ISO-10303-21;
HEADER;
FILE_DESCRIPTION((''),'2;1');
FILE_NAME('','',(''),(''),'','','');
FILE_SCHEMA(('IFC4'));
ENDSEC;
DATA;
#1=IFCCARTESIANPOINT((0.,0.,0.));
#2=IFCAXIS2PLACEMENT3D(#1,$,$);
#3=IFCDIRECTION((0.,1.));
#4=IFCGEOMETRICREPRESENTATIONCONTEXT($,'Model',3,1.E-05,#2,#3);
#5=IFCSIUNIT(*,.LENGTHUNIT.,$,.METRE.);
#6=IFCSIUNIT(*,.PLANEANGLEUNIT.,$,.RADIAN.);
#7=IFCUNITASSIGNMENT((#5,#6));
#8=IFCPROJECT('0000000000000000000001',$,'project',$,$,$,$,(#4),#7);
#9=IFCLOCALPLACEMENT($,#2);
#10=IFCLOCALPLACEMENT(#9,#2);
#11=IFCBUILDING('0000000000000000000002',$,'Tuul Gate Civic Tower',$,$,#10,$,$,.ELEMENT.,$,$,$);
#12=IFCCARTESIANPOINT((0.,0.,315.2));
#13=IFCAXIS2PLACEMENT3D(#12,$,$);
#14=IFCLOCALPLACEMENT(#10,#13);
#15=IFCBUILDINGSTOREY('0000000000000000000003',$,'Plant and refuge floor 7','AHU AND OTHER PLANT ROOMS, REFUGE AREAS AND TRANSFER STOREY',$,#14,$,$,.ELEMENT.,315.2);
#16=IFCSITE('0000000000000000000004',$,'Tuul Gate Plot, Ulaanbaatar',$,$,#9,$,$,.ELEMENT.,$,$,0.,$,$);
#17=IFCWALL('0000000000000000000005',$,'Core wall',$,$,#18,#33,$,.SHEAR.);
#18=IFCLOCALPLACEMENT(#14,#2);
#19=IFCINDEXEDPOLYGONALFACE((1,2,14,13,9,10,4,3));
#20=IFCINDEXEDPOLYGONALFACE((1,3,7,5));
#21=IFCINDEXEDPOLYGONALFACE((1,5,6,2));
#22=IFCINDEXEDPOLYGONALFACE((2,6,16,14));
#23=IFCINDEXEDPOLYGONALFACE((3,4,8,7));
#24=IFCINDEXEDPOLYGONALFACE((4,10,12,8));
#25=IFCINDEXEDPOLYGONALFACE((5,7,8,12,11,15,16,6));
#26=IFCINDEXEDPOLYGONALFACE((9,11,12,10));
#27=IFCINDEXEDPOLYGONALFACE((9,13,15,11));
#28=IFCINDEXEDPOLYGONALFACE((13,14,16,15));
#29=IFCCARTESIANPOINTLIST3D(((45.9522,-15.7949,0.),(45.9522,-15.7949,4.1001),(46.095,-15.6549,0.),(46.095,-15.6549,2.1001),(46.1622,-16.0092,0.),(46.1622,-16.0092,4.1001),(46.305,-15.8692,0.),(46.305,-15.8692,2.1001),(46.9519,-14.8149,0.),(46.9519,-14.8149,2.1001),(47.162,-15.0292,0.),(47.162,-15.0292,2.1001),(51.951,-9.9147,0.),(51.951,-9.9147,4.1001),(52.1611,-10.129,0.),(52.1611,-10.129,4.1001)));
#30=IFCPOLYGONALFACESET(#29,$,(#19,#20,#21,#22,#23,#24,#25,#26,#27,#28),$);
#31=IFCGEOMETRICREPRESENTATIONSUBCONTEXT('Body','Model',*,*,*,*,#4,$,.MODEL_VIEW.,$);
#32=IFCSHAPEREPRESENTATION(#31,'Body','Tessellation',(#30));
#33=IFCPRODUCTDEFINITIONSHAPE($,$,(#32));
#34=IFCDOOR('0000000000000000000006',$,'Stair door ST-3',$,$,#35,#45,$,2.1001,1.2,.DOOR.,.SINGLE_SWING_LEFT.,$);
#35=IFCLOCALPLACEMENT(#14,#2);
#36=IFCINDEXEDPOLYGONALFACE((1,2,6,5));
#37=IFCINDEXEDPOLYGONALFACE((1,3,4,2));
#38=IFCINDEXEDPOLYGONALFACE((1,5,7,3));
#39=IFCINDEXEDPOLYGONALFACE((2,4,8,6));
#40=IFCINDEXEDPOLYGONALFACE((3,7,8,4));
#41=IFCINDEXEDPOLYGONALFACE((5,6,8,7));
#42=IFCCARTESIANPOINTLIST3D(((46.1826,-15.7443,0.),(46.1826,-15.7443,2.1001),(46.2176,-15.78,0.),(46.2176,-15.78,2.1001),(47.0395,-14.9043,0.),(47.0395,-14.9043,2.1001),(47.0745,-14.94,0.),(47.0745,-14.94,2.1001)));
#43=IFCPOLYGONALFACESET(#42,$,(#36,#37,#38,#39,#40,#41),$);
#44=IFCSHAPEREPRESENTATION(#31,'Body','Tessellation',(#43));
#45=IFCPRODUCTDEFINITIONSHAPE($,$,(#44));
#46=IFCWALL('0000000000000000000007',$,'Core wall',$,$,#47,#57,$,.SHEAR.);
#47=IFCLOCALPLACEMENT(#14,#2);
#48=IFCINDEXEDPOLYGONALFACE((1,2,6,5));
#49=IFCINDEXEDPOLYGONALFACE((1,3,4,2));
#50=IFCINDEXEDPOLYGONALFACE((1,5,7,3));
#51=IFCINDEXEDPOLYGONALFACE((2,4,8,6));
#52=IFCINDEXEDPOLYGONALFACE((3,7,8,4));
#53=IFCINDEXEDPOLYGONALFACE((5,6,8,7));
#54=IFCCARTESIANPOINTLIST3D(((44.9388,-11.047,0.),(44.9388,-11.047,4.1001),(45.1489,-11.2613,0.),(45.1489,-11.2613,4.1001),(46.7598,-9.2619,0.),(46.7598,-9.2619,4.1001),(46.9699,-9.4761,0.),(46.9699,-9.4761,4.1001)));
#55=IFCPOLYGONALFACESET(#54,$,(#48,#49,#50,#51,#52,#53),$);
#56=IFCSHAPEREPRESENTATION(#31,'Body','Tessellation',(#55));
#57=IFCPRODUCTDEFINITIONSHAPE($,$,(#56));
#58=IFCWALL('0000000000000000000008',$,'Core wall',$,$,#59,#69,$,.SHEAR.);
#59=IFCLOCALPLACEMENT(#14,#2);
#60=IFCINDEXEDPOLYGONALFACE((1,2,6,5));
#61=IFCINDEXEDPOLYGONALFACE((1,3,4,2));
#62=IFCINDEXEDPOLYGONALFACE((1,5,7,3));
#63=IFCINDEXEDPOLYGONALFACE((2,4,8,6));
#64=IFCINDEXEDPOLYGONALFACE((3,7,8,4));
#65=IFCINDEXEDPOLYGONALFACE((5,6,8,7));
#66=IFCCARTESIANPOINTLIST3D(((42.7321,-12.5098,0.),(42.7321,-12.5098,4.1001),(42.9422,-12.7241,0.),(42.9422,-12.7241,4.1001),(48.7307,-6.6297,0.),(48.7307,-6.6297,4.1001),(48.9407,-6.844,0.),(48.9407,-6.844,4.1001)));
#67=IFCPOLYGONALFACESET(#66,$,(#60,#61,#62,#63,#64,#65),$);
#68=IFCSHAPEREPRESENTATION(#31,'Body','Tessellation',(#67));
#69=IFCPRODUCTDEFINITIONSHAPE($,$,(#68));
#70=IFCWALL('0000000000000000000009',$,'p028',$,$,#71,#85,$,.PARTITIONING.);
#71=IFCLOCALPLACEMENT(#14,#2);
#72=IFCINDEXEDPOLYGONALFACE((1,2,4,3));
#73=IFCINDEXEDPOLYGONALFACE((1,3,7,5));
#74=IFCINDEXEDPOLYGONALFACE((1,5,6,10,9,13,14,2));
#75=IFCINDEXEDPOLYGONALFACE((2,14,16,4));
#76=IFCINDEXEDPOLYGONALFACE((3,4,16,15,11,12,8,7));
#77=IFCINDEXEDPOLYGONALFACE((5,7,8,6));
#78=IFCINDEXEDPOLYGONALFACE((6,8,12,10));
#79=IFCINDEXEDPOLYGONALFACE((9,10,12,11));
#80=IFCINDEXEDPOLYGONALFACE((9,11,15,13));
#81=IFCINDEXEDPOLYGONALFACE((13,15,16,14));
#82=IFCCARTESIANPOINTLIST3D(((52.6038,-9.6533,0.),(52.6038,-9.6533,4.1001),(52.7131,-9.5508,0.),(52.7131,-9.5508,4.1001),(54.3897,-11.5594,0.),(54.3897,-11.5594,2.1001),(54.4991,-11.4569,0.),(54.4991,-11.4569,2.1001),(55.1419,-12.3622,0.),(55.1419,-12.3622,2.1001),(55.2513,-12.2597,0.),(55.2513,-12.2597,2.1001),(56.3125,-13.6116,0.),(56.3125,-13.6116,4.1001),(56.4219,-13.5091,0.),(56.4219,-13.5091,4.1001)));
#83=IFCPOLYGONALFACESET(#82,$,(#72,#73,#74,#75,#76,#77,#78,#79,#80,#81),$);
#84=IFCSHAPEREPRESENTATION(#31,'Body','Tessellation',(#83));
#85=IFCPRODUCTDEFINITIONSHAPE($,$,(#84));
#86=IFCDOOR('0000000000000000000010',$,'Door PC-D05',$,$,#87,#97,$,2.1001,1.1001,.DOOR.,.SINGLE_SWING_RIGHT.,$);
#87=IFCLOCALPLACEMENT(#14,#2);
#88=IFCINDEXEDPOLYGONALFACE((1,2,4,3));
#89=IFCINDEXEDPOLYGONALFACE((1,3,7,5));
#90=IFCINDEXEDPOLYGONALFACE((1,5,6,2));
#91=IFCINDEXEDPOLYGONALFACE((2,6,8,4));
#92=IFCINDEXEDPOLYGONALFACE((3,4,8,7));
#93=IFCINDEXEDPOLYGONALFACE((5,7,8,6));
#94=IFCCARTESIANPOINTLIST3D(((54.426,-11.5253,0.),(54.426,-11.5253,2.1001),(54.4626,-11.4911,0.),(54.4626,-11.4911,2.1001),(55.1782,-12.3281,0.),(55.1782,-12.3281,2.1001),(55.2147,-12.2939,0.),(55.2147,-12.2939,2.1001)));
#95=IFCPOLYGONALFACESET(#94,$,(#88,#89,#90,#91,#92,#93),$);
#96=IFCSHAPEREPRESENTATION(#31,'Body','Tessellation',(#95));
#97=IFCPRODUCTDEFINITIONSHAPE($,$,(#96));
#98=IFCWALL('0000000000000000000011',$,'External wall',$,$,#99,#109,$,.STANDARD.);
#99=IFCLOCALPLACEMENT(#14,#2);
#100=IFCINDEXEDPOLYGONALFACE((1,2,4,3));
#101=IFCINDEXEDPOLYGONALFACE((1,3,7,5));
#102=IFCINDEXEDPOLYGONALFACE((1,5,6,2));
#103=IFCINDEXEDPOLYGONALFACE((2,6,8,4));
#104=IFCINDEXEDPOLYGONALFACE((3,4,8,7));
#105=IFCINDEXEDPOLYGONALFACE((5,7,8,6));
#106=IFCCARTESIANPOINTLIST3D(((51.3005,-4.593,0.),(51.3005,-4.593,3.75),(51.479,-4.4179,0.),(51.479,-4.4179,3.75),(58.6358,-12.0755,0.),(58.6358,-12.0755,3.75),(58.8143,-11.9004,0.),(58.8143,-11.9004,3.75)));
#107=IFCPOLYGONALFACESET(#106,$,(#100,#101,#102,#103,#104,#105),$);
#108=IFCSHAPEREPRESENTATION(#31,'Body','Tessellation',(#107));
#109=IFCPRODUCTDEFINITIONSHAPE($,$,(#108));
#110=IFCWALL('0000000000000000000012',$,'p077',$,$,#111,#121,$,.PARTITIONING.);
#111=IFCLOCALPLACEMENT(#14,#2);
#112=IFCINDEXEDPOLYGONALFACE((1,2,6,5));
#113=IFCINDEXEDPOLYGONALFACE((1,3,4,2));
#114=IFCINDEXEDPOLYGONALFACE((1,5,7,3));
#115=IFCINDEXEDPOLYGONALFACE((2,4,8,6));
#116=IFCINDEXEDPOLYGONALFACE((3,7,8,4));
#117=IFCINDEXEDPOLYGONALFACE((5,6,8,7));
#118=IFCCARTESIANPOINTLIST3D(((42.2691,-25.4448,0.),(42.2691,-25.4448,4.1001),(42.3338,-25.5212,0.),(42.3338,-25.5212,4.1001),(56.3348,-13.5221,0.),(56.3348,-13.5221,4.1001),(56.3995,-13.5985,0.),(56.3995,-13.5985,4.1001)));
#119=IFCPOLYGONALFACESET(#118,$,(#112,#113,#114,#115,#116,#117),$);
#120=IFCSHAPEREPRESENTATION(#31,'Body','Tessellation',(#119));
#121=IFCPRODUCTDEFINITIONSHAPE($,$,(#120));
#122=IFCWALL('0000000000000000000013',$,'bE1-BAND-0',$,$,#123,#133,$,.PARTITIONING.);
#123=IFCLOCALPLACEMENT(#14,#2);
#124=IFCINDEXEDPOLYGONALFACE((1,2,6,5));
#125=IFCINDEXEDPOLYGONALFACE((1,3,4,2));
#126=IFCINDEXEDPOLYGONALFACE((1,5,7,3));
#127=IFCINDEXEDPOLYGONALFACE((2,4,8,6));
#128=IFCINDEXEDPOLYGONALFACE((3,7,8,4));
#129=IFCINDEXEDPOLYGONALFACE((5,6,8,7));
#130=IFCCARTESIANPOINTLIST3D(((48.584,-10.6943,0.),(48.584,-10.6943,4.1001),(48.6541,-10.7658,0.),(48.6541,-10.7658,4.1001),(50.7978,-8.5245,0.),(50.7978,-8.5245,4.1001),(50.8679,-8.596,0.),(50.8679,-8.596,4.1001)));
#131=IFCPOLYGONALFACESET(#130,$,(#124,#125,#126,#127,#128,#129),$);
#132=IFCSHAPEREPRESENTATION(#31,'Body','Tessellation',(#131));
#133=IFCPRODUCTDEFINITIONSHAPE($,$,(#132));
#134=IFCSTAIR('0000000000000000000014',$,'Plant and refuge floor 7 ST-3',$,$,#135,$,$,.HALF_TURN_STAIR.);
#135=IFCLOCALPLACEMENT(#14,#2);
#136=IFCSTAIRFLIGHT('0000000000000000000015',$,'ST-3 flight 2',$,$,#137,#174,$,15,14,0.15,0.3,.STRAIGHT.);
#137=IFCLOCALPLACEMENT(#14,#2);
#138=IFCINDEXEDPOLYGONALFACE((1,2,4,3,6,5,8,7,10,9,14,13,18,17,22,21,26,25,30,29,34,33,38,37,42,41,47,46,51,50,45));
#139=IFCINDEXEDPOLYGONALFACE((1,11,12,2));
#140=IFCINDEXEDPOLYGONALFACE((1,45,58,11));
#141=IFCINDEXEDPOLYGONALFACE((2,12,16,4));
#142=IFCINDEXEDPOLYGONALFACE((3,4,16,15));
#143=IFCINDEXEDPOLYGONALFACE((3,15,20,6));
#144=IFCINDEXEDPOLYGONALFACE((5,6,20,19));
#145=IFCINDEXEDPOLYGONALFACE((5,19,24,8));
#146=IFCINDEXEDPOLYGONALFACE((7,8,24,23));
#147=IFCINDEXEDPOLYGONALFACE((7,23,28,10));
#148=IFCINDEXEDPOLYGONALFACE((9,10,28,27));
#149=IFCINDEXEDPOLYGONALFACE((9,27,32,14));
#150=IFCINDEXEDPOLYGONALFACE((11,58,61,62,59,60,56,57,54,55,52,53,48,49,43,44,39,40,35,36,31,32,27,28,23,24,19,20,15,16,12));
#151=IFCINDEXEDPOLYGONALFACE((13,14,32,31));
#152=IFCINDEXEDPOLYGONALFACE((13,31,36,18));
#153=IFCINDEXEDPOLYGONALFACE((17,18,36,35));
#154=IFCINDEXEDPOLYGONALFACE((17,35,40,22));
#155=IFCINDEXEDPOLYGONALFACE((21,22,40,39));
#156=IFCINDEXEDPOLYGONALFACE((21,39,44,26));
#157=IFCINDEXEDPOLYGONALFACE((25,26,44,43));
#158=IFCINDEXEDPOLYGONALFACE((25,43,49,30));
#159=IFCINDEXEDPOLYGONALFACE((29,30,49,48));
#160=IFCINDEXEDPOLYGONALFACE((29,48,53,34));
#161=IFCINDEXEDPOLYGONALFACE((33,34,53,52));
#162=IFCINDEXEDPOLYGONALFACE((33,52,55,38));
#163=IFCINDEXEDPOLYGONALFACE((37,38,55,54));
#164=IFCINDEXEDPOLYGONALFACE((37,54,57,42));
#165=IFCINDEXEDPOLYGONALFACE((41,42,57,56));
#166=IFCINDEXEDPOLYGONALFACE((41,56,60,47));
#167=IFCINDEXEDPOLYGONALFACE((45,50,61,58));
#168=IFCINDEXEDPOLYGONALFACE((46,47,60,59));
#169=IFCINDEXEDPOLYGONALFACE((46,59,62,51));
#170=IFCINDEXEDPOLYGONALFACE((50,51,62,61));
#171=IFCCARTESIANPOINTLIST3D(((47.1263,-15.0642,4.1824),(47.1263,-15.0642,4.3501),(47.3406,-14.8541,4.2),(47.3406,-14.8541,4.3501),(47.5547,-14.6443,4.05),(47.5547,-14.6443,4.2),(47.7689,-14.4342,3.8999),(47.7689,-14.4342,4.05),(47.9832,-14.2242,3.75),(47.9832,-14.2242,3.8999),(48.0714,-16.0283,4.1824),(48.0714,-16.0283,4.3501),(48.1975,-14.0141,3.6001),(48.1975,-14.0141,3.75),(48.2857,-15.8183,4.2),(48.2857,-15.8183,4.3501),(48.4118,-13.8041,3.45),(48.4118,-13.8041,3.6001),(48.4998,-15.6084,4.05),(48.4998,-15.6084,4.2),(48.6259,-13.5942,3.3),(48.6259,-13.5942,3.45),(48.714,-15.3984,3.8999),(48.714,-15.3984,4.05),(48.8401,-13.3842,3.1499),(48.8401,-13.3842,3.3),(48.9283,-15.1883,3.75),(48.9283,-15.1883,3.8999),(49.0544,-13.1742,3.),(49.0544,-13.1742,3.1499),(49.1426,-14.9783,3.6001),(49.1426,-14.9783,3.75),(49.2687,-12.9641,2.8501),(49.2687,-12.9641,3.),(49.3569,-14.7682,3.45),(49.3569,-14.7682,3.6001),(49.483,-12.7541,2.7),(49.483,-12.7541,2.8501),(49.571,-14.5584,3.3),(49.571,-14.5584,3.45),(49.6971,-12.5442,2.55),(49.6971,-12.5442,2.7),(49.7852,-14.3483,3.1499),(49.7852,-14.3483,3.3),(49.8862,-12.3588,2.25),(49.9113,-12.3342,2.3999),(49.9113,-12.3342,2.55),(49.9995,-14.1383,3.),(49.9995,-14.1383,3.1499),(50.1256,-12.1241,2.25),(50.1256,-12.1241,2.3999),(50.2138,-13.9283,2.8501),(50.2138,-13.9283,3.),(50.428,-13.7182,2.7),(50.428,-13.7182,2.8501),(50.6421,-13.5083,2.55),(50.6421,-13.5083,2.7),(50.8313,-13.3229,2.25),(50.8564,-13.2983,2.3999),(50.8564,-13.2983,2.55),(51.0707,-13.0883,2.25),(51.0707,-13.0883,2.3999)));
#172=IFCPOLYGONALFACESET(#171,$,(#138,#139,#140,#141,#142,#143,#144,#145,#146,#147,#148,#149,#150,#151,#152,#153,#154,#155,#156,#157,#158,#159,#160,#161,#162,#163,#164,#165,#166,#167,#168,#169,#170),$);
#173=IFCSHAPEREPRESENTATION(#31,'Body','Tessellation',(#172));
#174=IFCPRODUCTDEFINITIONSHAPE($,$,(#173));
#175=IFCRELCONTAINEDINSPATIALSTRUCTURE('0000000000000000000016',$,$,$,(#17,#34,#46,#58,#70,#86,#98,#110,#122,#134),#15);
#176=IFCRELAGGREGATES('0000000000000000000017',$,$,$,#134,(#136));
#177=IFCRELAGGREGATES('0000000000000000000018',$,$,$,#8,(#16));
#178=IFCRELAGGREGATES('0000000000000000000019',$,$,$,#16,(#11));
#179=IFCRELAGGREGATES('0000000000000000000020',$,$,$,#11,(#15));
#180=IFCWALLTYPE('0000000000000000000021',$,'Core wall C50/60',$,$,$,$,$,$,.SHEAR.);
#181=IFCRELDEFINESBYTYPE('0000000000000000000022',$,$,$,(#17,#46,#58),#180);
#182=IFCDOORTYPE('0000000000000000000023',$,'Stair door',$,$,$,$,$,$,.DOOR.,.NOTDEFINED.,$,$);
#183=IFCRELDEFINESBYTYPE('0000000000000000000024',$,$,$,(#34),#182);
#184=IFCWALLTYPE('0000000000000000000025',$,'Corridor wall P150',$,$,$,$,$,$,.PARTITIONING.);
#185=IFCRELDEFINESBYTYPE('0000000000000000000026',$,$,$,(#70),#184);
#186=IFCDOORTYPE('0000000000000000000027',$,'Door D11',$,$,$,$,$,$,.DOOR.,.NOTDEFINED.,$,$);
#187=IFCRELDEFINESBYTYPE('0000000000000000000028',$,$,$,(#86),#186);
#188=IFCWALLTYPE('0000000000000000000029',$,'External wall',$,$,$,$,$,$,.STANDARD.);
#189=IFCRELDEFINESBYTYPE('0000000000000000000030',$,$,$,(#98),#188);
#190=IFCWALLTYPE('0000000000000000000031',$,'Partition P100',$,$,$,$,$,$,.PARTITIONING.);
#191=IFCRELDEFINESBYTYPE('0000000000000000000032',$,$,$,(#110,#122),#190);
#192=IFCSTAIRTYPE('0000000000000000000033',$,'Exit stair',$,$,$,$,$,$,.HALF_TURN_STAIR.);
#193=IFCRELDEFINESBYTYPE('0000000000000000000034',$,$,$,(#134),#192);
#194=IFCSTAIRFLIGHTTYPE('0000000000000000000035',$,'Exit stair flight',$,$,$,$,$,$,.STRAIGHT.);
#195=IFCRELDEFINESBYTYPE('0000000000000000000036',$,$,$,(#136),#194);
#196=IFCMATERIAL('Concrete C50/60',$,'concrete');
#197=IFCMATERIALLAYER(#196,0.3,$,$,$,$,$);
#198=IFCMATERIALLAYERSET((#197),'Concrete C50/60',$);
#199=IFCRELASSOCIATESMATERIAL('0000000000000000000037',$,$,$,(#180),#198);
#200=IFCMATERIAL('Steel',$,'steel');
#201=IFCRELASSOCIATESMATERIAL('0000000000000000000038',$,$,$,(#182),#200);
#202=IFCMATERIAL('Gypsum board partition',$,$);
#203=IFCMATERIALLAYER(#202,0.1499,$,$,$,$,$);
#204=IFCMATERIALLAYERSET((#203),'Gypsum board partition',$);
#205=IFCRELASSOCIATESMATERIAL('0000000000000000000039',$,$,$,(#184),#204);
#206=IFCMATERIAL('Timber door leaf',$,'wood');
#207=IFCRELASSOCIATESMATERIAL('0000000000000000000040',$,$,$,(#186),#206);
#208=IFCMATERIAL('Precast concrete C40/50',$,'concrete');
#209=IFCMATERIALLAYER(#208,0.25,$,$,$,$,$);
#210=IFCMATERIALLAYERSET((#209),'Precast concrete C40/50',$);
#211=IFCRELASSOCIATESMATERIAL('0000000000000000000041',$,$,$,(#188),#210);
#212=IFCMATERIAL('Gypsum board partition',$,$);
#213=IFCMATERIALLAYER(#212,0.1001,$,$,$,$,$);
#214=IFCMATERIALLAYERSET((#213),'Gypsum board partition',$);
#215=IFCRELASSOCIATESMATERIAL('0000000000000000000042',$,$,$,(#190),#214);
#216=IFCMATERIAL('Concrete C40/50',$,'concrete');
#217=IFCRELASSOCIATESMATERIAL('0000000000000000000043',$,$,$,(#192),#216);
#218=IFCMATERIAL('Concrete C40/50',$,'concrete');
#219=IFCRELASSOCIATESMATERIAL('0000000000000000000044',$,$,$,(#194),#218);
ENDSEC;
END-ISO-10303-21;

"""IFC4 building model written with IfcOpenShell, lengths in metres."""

from ifc_helpers import new_model, si_unit, direction, frame, frame_2d, origin, place, context, subcontext, project, spatial, polyline, rectangle, outline, extrude, material, layer, layer_set, type_object, element, fill, aggregate, save


model = new_model("IFC4")

# Units and contexts
model_context = context("Model", 3, precision=1e-05, world=origin(), true_north=direction((0.0, 1.0)))
body_context = subcontext(model_context, "Body", "Model", "MODEL_VIEW")
ifc_project = project(units=[si_unit("LENGTHUNIT", "METRE"), si_unit("PLANEANGLEUNIT", "RADIAN")], contexts=[model_context])

# Site, building, storey
site_placement = place(None, origin())
site = spatial("IfcSite", under=ifc_project, at=site_placement, Name="Tuul Gate Plot, Ulaanbaatar", CompositionType="ELEMENT", RefElevation=0.0)
building_placement = place(site_placement, origin())
building = spatial("IfcBuilding", under=site, at=building_placement, Name="Tuul Gate Civic Tower", CompositionType="ELEMENT")
storey_placement = place(building_placement, frame((0.0, 0.0, 315.2)))
storey = spatial("IfcBuildingStorey", under=building, at=storey_placement, Name="Plant and refuge floor 7", Description="AHU AND OTHER PLANT ROOMS, REFUGE AREAS AND TRANSFER STOREY", CompositionType="ELEMENT", Elevation=315.2)

# Shared definitions
ifc_material_1 = material(Name="Concrete C50/60", Category="concrete")
ifc_layer_1 = layer(ifc_material_1, 0.3)
ifc_layer_set_1 = layer_set([ifc_layer_1], Name="Concrete C50/60")
wall_type_1 = type_object("IfcWallType", Name="Core wall C50/60", PredefinedType="SHEAR", material=ifc_layer_set_1)

# Wall, opening, door
wall_1_placement = place(storey_placement, frame((46.0571, -15.9021, 0.0), z_axis=(0.0, 0.0, 1.0), x_axis=(0.714134, 0.700009, 0.0)))
wall_1 = element("IfcWall", 1, at=wall_1_placement, inside=storey, type_object=wall_type_1, Name="Core wall", PredefinedType="SHEAR", context=body_context, shape_type="SweptSolid", body=[
    extrude(rectangle(XDim=8.4001, YDim=0.3, at=frame_2d((4.2002, 0.0))), origin(), (0.0, 0.0, 1.0), 4.1001),
])
opening_1_placement = place(wall_1_placement, frame((0.2, 0.0, 0.0)))
opening_1 = element("IfcOpeningElement", 2, at=opening_1_placement, cuts=wall_1, PredefinedType="OPENING", context=body_context, shape_type="SweptSolid", body=[
    extrude(rectangle(XDim=1.2, YDim=2.1001, at=frame_2d((0.6001, 1.05))), frame((0.0, 0.1602, 0.0), z_axis=(0.0, -1.0, 0.0), x_axis=(1.0, 0.0, 0.0)), (0.0, 0.0, 1.0), 0.3201),
])
ifc_material_2 = material(Name="Steel", Category="steel")
door_type_1 = type_object("IfcDoorType", Name="Stair door", OperationType="NOTDEFINED", PredefinedType="DOOR", material=ifc_material_2)
door_1_placement = place(opening_1_placement, origin())
door_1 = element("IfcDoor", 3, at=door_1_placement, inside=storey, type_object=door_type_1, Name="Stair door ST-3", OperationType="SINGLE_SWING_LEFT", OverallHeight=2.1001, OverallWidth=1.2, PredefinedType="DOOR", context=body_context, shape_type="SweptSolid", body=[
    extrude(rectangle(XDim=1.2, YDim=2.1001, at=frame_2d((0.6001, 1.05))), frame((0.0, 0.0249, 0.0), z_axis=(0.0, -1.0, 0.0), x_axis=(1.0, 0.0, 0.0)), (0.0, 0.0, 1.0), 0.05),
])
fill(opening_1, door_1)

# Walls
wall_2_placement = place(storey_placement, frame((45.0439, -11.1541, 0.0), z_axis=(0.0, 0.0, 1.0), x_axis=(0.714108, 0.700035, 0.0)))
element("IfcWall", 4, at=wall_2_placement, inside=storey, type_object=wall_type_1, Name="Core wall", PredefinedType="SHEAR", context=body_context, shape_type="SweptSolid", body=[
    extrude(rectangle(XDim=2.55, YDim=0.3, at=frame_2d((1.2749, 0.0))), origin(), (0.0, 0.0, 1.0), 4.1001),
])
wall_3_placement = place(storey_placement, frame((42.8372, -12.6169, 0.0), z_axis=(0.0, 0.0, 1.0), x_axis=(0.71412, 0.700023, 0.0)))
element("IfcWall", 5, at=wall_3_placement, inside=storey, type_object=wall_type_1, Name="Core wall", PredefinedType="SHEAR", context=body_context, shape_type="SweptSolid", body=[
    extrude(rectangle(XDim=8.3999, YDim=0.3, at=frame_2d((4.2, 0.0))), origin(), (0.0, 0.0, 1.0), 4.1001),
])

# Wall, opening, door
ifc_material_3 = material(Name="Gypsum board partition")
ifc_layer_2 = layer(ifc_material_3, 0.1499)
ifc_layer_set_2 = layer_set([ifc_layer_2], Name="Gypsum board partition")
wall_type_2 = type_object("IfcWallType", Name="Corridor wall P150", PredefinedType="PARTITIONING", material=ifc_layer_set_2)
wall_4_placement = place(storey_placement, frame((52.6584, -9.6021, 0.0), z_axis=(0.0, 0.0, 1.0), x_axis=(0.683733, -0.729732, 0.0)))
wall_4 = element("IfcWall", 6, at=wall_4_placement, inside=storey, type_object=wall_type_2, Name="p028", PredefinedType="PARTITIONING", context=body_context, shape_type="SweptSolid", body=[
    extrude(rectangle(XDim=5.4243, YDim=0.1499, at=frame_2d((2.7122, 0.0))), origin(), (0.0, 0.0, 1.0), 4.1001),
])
opening_2_placement = place(wall_4_placement, frame((2.6121, 0.0, 0.0)))
opening_2 = element("IfcOpeningElement", 7, at=opening_2_placement, cuts=wall_4, PredefinedType="OPENING", context=body_context, shape_type="SweptSolid", body=[
    extrude(rectangle(XDim=1.1001, YDim=2.1001, at=frame_2d((0.55, 1.05))), frame((0.0, 0.085, 0.0), z_axis=(0.0, -1.0, 0.0), x_axis=(1.0, 0.0, 0.0)), (0.0, 0.0, 1.0), 0.1699),
])
ifc_material_4 = material(Name="Timber door leaf", Category="wood")
door_type_2 = type_object("IfcDoorType", Name="Door D11", OperationType="NOTDEFINED", PredefinedType="DOOR", material=ifc_material_4)
door_2_placement = place(opening_2_placement, origin())
door_2 = element("IfcDoor", 8, at=door_2_placement, inside=storey, type_object=door_type_2, Name="Door PC-D05", OperationType="SINGLE_SWING_RIGHT", OverallHeight=2.1001, OverallWidth=1.1001, PredefinedType="DOOR", context=body_context, shape_type="SweptSolid", body=[
    extrude(rectangle(XDim=1.1001, YDim=2.1001, at=frame_2d((0.55, 1.05))), frame((0.0, 0.0249, 0.0), z_axis=(0.0, -1.0, 0.0), x_axis=(1.0, 0.0, 0.0)), (0.0, 0.0, 1.0), 0.05),
])
fill(opening_2, door_2)

# Walls
ifc_material_5 = material(Name="Precast concrete C40/50", Category="concrete")
ifc_layer_3 = layer(ifc_material_5, 0.25)
ifc_layer_set_3 = layer_set([ifc_layer_3], Name="Precast concrete C40/50")
wall_type_3 = type_object("IfcWallType", Name="External wall", PredefinedType="STANDARD", material=ifc_layer_set_3)
wall_5_placement = place(storey_placement, frame((58.7251, -11.988, 0.0), z_axis=(0.0, 0.0, 1.0), x_axis=(-0.700047, 0.714097, 0.0)))
element("IfcWall", 9, at=wall_5_placement, inside=storey, type_object=wall_type_3, Name="External wall", PredefinedType="STANDARD", context=body_context, shape_type="SweptSolid", body=[
    extrude(rectangle(XDim=10.4783, YDim=0.25, at=frame_2d((5.2393, 0.0))), origin(), (0.0, 0.0, 1.0), 3.75),
])
ifc_material_6 = material(Name="Gypsum board partition")
ifc_layer_4 = layer(ifc_material_6, 0.1001)
ifc_layer_set_4 = layer_set([ifc_layer_4], Name="Gypsum board partition")
wall_type_4 = type_object("IfcWallType", Name="Partition P100", PredefinedType="PARTITIONING", material=ifc_layer_set_4)
wall_6_placement = place(storey_placement, frame((56.3672, -13.5603, 0.0), z_axis=(0.0, 0.0, 1.0), x_axis=(-0.762828, -0.646602, 0.0)))
element("IfcWall", 10, at=wall_6_placement, inside=storey, type_object=wall_type_4, Name="p077", PredefinedType="PARTITIONING", context=body_context, shape_type="SweptSolid", body=[
    extrude(rectangle(XDim=18.439, YDim=0.1001, at=frame_2d((9.2195, 0.0))), origin(), (0.0, 0.0, 1.0), 4.1001),
])
wall_7_placement = place(storey_placement, frame((48.6191, -10.73, 0.0), z_axis=(0.0, 0.0, 1.0), x_axis=(0.714159, 0.699983, 0.0)))
element("IfcWall", 11, at=wall_7_placement, inside=storey, type_object=wall_type_4, Name="bE1-BAND-0", PredefinedType="PARTITIONING", context=body_context, shape_type="SweptSolid", body=[
    extrude(rectangle(XDim=3.0999, YDim=0.1001, at=frame_2d((1.5498, 0.0))), origin(), (0.0, 0.0, 1.0), 4.1001),
])

# Stair, stair flight
ifc_material_7 = material(Name="Concrete C40/50", Category="concrete")
stair_type = type_object("IfcStairType", Name="Exit stair", PredefinedType="HALF_TURN_STAIR", material=ifc_material_7)
stair_placement = place(storey_placement, origin())
stair = element("IfcStair", 12, at=stair_placement, inside=storey, type_object=stair_type, Name="Plant and refuge floor 7 ST-3", PredefinedType="HALF_TURN_STAIR")
ifc_material_8 = material(Name="Concrete C40/50", Category="concrete")
stair_flight_type = type_object("IfcStairFlightType", Name="Exit stair flight", PredefinedType="STRAIGHT", material=ifc_material_8)
stair_flight_placement = place(storey_placement, frame((50.5981, -12.6062, 2.25), z_axis=(0.0, 0.0, 1.0), x_axis=(-0.714127, -0.700016, 0.0)))
stair_flight = element("IfcStairFlight", 13, at=stair_flight_placement, type_object=stair_flight_type, Name="ST-3 flight 2", NumberOfRisers=15, NumberOfTreads=14, PredefinedType="STRAIGHT", RiserHeight=0.15, TreadLength=0.3, context=body_context, shape_type="SweptSolid", body=[
    extrude(outline(polyline([(0.0, 0.0), (0.0, 0.1499), (0.3, 0.1499), (0.3, 0.3), (0.6001, 0.3), (0.6001, 0.45), (0.8999, 0.45), (0.8999, 0.6001), (1.2, 0.6001), (1.2, 0.75), (1.5, 0.75), (1.5, 0.8999), (1.8, 0.8999), (1.8, 1.05), (2.1001, 1.05), (2.1001, 1.2), (2.3999, 1.2), (2.3999, 1.3501), (2.7, 1.3501), (2.7, 1.5), (3.0, 1.5), (3.0, 1.6499), (3.3, 1.6499), (3.3, 1.8), (3.6001, 1.8), (3.6001, 1.95), (3.8999, 1.95), (3.8999, 2.1001), (4.2, 2.1001), (4.2, 2.25), (4.2, 1.9324), (0.3352, 0.0), (0.0, 0.0)])), frame((0.0, 0.675, 0.0), z_axis=(0.0, -1.0, 0.0), x_axis=(1.0, 0.0, 0.0)), (0.0, 0.0, 1.0), 1.3501),
])
aggregate(stair, [stair_flight])

save(model, "model.ifc")
